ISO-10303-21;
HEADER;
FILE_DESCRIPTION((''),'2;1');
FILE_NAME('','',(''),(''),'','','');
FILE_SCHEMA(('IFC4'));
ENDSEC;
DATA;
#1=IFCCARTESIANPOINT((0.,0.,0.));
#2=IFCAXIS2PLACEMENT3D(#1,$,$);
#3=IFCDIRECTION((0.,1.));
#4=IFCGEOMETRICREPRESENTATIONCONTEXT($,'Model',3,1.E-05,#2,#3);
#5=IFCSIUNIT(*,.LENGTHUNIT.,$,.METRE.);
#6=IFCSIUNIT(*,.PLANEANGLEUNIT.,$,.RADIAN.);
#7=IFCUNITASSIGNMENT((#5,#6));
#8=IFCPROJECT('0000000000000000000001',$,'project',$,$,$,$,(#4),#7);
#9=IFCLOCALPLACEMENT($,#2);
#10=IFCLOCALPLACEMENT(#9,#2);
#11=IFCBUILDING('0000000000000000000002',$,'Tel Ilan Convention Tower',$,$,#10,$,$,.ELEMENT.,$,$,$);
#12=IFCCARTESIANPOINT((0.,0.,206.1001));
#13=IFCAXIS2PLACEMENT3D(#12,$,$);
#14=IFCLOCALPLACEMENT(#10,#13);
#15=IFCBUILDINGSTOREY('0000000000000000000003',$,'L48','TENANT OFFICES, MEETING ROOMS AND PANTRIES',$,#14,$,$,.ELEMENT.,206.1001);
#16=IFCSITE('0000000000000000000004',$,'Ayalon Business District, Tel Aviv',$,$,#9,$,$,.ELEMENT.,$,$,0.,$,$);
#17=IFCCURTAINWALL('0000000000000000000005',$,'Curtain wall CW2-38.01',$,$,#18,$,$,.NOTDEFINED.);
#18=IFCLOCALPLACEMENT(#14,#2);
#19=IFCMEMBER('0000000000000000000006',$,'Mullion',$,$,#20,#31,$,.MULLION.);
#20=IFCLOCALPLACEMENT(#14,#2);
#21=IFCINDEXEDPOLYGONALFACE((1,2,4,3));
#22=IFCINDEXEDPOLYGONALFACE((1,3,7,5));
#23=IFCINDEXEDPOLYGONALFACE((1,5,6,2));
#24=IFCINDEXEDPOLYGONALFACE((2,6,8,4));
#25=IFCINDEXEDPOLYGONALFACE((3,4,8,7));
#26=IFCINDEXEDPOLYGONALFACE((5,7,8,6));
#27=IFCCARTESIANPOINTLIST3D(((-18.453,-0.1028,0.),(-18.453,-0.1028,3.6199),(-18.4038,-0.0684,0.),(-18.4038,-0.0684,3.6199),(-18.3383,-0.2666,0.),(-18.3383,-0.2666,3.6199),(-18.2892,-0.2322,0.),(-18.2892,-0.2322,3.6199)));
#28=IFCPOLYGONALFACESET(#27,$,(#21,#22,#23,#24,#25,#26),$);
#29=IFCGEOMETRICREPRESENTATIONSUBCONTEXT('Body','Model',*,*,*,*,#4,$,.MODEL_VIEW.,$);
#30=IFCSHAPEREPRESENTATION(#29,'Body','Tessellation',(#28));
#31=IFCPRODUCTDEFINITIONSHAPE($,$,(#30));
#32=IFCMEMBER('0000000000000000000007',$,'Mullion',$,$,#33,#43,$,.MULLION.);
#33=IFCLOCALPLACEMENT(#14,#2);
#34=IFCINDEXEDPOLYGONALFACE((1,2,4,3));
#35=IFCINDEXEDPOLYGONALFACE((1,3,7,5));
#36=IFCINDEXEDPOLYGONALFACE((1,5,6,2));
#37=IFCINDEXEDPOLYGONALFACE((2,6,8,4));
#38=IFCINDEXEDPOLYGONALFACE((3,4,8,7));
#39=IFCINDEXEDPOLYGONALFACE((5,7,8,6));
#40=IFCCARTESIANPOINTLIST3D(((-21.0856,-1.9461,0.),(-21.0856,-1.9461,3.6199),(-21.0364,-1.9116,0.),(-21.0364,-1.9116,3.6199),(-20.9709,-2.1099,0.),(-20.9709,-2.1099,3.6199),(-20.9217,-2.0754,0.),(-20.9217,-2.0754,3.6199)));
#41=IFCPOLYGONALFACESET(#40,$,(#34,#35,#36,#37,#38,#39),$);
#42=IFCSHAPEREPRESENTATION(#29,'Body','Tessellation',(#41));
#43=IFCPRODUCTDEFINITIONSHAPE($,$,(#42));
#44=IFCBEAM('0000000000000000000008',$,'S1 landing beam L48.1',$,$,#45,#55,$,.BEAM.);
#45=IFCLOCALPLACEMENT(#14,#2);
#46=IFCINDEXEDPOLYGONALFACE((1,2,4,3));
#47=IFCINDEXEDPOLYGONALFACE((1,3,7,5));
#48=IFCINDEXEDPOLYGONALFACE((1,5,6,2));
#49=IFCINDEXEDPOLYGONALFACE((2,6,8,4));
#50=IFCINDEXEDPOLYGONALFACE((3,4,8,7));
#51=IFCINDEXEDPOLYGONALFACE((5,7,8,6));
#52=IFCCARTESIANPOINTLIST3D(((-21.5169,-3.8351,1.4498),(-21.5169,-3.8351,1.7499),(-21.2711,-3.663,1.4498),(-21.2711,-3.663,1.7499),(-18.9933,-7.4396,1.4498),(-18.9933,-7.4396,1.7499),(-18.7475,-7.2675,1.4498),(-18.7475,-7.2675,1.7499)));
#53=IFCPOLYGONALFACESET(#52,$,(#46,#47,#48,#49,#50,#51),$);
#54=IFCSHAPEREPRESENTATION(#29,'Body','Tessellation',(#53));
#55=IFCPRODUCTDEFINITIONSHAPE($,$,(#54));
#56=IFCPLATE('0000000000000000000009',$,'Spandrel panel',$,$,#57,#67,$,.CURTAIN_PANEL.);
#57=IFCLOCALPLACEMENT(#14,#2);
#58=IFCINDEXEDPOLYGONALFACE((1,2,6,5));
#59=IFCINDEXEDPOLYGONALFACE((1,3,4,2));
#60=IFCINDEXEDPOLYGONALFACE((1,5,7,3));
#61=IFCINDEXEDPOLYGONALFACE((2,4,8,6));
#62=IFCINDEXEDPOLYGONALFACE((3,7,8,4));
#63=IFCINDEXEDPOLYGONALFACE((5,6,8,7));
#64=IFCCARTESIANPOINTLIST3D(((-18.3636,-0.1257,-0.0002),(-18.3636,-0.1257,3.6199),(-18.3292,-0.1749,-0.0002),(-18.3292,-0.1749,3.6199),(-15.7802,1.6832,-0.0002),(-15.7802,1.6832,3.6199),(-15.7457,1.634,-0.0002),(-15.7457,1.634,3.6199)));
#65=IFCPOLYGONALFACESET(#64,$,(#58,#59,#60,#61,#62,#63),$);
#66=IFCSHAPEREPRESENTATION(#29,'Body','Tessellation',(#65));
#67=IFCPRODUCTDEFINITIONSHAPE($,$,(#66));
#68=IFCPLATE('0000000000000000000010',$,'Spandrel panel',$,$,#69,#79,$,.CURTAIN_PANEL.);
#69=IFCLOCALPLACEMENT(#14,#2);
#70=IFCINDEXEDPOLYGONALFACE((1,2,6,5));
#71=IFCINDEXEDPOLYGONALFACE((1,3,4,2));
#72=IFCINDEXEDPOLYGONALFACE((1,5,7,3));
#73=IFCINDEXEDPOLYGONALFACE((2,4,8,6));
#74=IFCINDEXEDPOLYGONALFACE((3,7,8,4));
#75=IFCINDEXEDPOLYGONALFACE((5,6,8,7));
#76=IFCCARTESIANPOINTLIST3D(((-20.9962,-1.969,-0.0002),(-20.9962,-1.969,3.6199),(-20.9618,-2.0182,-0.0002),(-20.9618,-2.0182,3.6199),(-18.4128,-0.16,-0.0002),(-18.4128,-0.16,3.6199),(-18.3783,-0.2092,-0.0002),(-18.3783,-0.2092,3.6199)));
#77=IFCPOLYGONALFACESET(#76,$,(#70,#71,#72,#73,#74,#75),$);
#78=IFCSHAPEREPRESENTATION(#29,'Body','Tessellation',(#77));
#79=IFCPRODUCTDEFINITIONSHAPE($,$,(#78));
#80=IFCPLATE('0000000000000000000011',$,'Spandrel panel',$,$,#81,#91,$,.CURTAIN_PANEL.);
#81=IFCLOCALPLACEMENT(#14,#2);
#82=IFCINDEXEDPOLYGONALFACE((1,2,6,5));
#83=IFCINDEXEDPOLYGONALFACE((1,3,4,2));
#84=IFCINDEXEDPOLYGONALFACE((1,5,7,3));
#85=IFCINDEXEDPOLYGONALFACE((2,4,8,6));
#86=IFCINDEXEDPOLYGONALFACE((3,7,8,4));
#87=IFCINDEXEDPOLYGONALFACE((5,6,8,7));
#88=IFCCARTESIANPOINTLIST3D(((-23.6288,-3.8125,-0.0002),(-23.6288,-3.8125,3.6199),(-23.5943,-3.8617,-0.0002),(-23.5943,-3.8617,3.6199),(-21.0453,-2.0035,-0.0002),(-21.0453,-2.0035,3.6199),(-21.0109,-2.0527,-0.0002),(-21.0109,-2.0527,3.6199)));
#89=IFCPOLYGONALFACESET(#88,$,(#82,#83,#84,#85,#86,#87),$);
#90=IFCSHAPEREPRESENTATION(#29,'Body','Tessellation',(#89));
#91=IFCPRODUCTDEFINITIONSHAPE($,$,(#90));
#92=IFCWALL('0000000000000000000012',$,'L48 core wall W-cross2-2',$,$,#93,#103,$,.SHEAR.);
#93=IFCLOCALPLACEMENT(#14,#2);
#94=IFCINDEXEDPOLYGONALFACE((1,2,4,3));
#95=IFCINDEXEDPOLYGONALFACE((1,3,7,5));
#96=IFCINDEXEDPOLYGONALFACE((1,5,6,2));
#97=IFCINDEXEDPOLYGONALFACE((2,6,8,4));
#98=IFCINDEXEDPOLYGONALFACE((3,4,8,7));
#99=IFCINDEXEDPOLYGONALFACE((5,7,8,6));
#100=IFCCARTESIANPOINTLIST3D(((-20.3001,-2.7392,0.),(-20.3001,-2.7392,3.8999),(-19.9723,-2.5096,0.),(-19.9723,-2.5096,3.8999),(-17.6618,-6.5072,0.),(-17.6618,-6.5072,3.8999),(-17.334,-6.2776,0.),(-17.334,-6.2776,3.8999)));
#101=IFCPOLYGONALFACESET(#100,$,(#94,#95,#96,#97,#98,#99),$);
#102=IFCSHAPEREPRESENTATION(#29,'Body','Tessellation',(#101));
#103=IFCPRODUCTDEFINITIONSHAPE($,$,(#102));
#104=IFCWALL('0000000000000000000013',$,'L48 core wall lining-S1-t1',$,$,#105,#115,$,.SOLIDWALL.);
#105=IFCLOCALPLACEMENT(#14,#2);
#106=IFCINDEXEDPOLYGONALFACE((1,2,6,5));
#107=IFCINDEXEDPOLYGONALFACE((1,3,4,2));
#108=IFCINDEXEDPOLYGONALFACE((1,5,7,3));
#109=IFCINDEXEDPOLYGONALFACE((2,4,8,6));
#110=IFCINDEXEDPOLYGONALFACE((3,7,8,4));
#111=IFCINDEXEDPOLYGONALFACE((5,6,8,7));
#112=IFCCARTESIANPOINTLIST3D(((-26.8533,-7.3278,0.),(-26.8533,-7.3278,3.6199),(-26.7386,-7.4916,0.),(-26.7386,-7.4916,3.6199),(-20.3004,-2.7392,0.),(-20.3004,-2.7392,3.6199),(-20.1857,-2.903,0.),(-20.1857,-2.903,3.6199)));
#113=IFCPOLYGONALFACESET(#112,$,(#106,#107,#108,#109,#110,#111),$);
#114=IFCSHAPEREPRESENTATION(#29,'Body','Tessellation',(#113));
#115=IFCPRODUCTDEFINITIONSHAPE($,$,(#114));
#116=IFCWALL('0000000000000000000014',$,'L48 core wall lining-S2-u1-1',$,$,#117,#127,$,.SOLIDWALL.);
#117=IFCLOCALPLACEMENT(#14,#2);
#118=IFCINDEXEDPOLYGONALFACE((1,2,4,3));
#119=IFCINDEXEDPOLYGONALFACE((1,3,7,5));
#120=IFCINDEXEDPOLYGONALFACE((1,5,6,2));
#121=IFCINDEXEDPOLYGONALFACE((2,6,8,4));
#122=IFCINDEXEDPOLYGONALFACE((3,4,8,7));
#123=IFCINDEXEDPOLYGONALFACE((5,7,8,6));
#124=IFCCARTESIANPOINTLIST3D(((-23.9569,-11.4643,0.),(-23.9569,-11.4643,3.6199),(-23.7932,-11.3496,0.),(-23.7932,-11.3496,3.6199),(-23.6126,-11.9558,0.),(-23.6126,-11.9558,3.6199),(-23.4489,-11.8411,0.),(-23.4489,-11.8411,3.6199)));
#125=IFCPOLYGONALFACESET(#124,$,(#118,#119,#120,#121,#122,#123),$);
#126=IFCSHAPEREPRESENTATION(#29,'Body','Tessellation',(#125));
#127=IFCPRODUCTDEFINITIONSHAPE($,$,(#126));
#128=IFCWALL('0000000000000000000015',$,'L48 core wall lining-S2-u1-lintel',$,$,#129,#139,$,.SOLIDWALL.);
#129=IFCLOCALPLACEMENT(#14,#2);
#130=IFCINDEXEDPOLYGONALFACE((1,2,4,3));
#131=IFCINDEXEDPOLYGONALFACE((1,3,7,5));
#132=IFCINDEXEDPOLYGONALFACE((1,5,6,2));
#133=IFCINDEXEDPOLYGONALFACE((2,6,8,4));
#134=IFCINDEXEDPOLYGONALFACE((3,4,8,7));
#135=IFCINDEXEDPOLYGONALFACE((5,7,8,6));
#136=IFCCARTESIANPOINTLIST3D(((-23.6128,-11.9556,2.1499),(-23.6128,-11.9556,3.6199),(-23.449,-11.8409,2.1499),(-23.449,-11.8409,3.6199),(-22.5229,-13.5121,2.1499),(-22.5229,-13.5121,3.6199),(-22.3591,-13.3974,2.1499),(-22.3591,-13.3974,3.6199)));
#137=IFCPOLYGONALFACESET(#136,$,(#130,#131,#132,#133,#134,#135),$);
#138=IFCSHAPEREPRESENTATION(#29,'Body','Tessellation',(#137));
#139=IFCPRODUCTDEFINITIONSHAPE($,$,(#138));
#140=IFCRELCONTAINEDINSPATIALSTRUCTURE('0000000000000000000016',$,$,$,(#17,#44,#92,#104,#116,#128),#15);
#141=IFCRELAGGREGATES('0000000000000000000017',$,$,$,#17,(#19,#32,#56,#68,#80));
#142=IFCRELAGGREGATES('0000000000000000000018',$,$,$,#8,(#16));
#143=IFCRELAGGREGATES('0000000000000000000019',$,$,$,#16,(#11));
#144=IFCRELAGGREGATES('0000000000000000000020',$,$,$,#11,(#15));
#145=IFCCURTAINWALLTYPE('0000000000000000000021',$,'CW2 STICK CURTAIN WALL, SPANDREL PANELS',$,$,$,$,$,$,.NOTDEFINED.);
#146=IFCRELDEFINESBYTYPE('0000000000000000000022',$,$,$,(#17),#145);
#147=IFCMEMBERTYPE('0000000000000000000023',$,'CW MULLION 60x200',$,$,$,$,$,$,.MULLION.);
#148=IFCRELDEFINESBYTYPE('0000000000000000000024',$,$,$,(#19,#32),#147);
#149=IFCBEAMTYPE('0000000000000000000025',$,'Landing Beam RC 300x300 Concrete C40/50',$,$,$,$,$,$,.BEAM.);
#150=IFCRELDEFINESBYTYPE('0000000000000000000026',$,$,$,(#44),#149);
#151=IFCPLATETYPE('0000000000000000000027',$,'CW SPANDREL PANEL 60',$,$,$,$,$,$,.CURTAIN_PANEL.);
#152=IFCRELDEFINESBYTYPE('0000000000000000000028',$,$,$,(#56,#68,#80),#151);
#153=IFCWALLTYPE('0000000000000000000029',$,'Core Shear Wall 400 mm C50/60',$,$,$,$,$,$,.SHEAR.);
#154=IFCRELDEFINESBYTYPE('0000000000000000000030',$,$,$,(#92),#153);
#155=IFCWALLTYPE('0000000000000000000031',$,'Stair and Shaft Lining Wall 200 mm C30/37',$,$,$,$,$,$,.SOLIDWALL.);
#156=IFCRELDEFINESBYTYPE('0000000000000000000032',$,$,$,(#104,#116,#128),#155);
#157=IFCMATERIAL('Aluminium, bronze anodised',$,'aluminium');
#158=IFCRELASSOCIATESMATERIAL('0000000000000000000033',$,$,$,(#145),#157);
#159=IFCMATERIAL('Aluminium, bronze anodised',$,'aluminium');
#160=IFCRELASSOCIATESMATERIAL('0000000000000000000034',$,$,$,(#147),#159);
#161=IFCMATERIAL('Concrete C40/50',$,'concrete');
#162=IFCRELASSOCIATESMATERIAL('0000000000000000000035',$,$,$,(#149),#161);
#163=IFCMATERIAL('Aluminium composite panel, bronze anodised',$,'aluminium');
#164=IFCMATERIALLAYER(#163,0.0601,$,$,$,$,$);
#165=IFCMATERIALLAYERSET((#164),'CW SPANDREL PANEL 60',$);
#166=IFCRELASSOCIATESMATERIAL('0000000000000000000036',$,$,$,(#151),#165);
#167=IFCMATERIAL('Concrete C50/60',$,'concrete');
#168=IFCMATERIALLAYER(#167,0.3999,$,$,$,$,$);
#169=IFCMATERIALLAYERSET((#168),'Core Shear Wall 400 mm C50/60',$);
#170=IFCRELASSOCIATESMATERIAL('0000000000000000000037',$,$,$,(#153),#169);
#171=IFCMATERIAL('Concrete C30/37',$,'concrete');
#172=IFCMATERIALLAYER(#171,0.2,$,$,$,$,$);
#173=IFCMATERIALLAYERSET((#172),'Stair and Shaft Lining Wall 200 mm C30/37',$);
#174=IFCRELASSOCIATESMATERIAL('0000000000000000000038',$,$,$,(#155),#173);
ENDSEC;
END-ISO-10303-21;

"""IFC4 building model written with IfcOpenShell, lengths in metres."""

from ifc_helpers import new_model, si_unit, direction, frame, frame_2d, origin, origin_2d, place, context, subcontext, project, spatial, polyline, rectangle, outline, extrude, material, layer, layer_set, material_profile, profile_set, type_object, element, aggregate, save


model = new_model("IFC4")

# Units and contexts
model_context = context("Model", 3, precision=1e-05, world=origin(), true_north=direction((0.0, 1.0)))
body_context = subcontext(model_context, "Body", "Model", "MODEL_VIEW")
ifc_project = project(units=[si_unit("LENGTHUNIT", "METRE"), si_unit("PLANEANGLEUNIT", "RADIAN")], contexts=[model_context])

# Site, building, storey
site_placement = place(None, origin())
site = spatial("IfcSite", under=ifc_project, at=site_placement, Name="Ayalon Business District, Tel Aviv", CompositionType="ELEMENT", RefElevation=0.0)
building_placement = place(site_placement, origin())
building = spatial("IfcBuilding", under=site, at=building_placement, Name="Tel Ilan Convention Tower", CompositionType="ELEMENT")
storey_placement = place(building_placement, frame((0.0, 0.0, 206.1001)))
storey = spatial("IfcBuildingStorey", under=building, at=storey_placement, Name="L48", Description="TENANT OFFICES, MEETING ROOMS AND PANTRIES", CompositionType="ELEMENT", Elevation=206.1001)

# Curtain wall, members
ifc_material_1 = material(Name="Aluminium, bronze anodised", Category="aluminium")
curtain_wall_type = type_object("IfcCurtainWallType", Name="CW2 STICK CURTAIN WALL, SPANDREL PANELS", PredefinedType="NOTDEFINED", material=ifc_material_1)
curtain_wall_placement = place(storey_placement, origin())
curtain_wall = element("IfcCurtainWall", 1, at=curtain_wall_placement, inside=storey, type_object=curtain_wall_type, Name="Curtain wall CW2-38.01", PredefinedType="NOTDEFINED")
ifc_material_2 = material(Name="Aluminium, bronze anodised", Category="aluminium")
ifc_material_profile_1 = material_profile(ifc_material_2, rectangle(XDim=0.0601, YDim=0.2, at=origin_2d()), Name="CW MULLION 60x200")
ifc_profile_set_1 = profile_set([ifc_material_profile_1], Name="Aluminium, bronze anodised")
member_type = type_object("IfcMemberType", Name="CW MULLION 60x200", PredefinedType="MULLION", material=ifc_profile_set_1)
member_1_placement = place(storey_placement, frame((-18.3711, -0.1675, 0.0), z_axis=(0.0, 0.0, 1.0), x_axis=(-0.819152, -0.573576, 0.0)))
member_1 = element("IfcMember", 2, at=member_1_placement, type_object=member_type, Name="Mullion", PredefinedType="MULLION", context=body_context, shape_type="SweptSolid", body=[
    extrude(rectangle(XDim=0.0601, YDim=0.2, at=origin_2d()), origin(), (0.0, 0.0, 1.0), 3.6199),
])
member_2_placement = place(storey_placement, frame((-21.0037, -2.0107, 0.0), z_axis=(0.0, 0.0, 1.0), x_axis=(-0.819152, -0.573576, 0.0)))
member_2 = element("IfcMember", 3, at=member_2_placement, type_object=member_type, Name="Mullion", PredefinedType="MULLION", context=body_context, shape_type="SweptSolid", body=[
    extrude(rectangle(XDim=0.0601, YDim=0.2, at=origin_2d()), origin(), (0.0, 0.0, 1.0), 3.6199),
])

# Beam
ifc_material_3 = material(Name="Concrete C40/50", Category="concrete")
ifc_material_profile_2 = material_profile(ifc_material_3, rectangle(XDim=0.3, YDim=0.3, at=origin_2d()), Name="RC 300x300")
ifc_profile_set_2 = profile_set([ifc_material_profile_2], Name="Concrete C40/50")
beam_type = type_object("IfcBeamType", Name="Landing Beam RC 300x300 Concrete C40/50", PredefinedType="BEAM", material=ifc_profile_set_2)
beam_placement = place(storey_placement, frame((-18.8704, -7.3535, 1.5999), z_axis=(-0.573544, 0.819175, 0.0), x_axis=(-0.819175, -0.573544, 0.0)))
element("IfcBeam", 4, at=beam_placement, inside=storey, type_object=beam_type, Name="S1 landing beam L48.1", PredefinedType="BEAM", context=body_context, shape_type="SweptSolid", body=[
    extrude(rectangle(XDim=0.3, YDim=0.3, at=origin_2d()), origin(), (0.0, 0.0, 1.0), 4.4001),
])

# Plates
ifc_material_4 = material(Name="Aluminium composite panel, bronze anodised", Category="aluminium")
ifc_layer_1 = layer(ifc_material_4, 0.0601)
ifc_layer_set_1 = layer_set([ifc_layer_1], Name="CW SPANDREL PANEL 60")
plate_type = type_object("IfcPlateType", Name="CW SPANDREL PANEL 60", PredefinedType="CURTAIN_PANEL", material=ifc_layer_set_1)
plate_1_placement = place(storey_placement, frame((-17.0547, 0.7542, -0.0002), z_axis=(0.0, 0.0, 1.0), x_axis=(-0.819152, -0.573576, 0.0)))
plate_1 = element("IfcPlate", 5, at=plate_1_placement, type_object=plate_type, Name="Spandrel panel", PredefinedType="CURTAIN_PANEL", context=body_context, shape_type="SweptSolid", body=[
    extrude(rectangle(XDim=3.1538, YDim=0.0601, at=origin_2d()), origin(), (0.0, 0.0, 1.0), 3.6201),
])
plate_2_placement = place(storey_placement, frame((-19.6873, -1.0891, -0.0002), z_axis=(0.0, 0.0, 1.0), x_axis=(-0.819152, -0.573576, 0.0)))
plate_2 = element("IfcPlate", 6, at=plate_2_placement, type_object=plate_type, Name="Spandrel panel", PredefinedType="CURTAIN_PANEL", context=body_context, shape_type="SweptSolid", body=[
    extrude(rectangle(XDim=3.1538, YDim=0.0601, at=origin_2d()), origin(), (0.0, 0.0, 1.0), 3.6201),
])
plate_3_placement = place(storey_placement, frame((-22.3198, -2.9326, -0.0002), z_axis=(0.0, 0.0, 1.0), x_axis=(-0.819152, -0.573576, 0.0)))
plate_3 = element("IfcPlate", 7, at=plate_3_placement, type_object=plate_type, Name="Spandrel panel", PredefinedType="CURTAIN_PANEL", context=body_context, shape_type="SweptSolid", body=[
    extrude(rectangle(XDim=3.1538, YDim=0.0601, at=origin_2d()), origin(), (0.0, 0.0, 1.0), 3.6201),
])
aggregate(curtain_wall, [member_1, member_2, plate_1, plate_2, plate_3])

# Walls
ifc_material_5 = material(Name="Concrete C50/60", Category="concrete")
ifc_layer_2 = layer(ifc_material_5, 0.3999)
ifc_layer_set_2 = layer_set([ifc_layer_2], Name="Core Shear Wall 400 mm C50/60")
wall_type_1 = type_object("IfcWallType", Name="Core Shear Wall 400 mm C50/60", PredefinedType="SHEAR", material=ifc_layer_set_2)
wall_1_placement = place(storey_placement, frame((-17.4978, -6.3923, 0.0), z_axis=(0.0, 0.0, 1.0), x_axis=(-0.573612, 0.819127, 0.0)))
element("IfcWall", 8, at=wall_1_placement, inside=storey, type_object=wall_type_1, Name="L48 core wall W-cross2-2", PredefinedType="SHEAR", context=body_context, shape_type="SweptSolid", body=[
    extrude(outline(polyline([(4.5999, -0.2002), (4.5999, 0.2), (0.0, 0.2002), (0.0, -0.2), (4.5999, -0.2002)])), origin(), (0.0, 0.0, 1.0), 3.8999),
])
ifc_material_6 = material(Name="Concrete C30/37", Category="concrete")
ifc_layer_3 = layer(ifc_material_6, 0.2)
ifc_layer_set_3 = layer_set([ifc_layer_3], Name="Stair and Shaft Lining Wall 200 mm C30/37")
wall_type_2 = type_object("IfcWallType", Name="Stair and Shaft Lining Wall 200 mm C30/37", PredefinedType="SOLIDWALL", material=ifc_layer_set_3)
wall_2_placement = place(storey_placement, frame((-20.2429, -2.821, 0.0), z_axis=(0.0, 0.0, 1.0), x_axis=(-0.819142, -0.573591, 0.0)))
element("IfcWall", 9, at=wall_2_placement, inside=storey, type_object=wall_type_2, Name="L48 core wall lining-S1-t1", PredefinedType="SOLIDWALL", context=body_context, shape_type="SweptSolid", body=[
    extrude(rectangle(XDim=7.9998, YDim=0.2, at=frame_2d((4.0, 0.0))), origin(), (0.0, 0.0, 1.0), 3.6199),
])
wall_3_placement = place(storey_placement, frame((-23.5308, -11.8984, 0.0), z_axis=(0.0, 0.0, 1.0), x_axis=(-0.573708, 0.81906, 0.0)))
element("IfcWall", 10, at=wall_3_placement, inside=storey, type_object=wall_type_2, Name="L48 core wall lining-S2-u1-1", PredefinedType="SOLIDWALL", context=body_context, shape_type="SweptSolid", body=[
    extrude(rectangle(XDim=0.6001, YDim=0.2, at=frame_2d((0.3, 0.0))), origin(), (0.0, 0.0, 1.0), 3.6199),
])
wall_4_placement = place(storey_placement, frame((-22.4409, -13.4548, 2.1499), z_axis=(0.0, 0.0, 1.0), x_axis=(-0.573592, 0.819141, 0.0)))
element("IfcWall", 11, at=wall_4_placement, inside=storey, type_object=wall_type_2, Name="L48 core wall lining-S2-u1-lintel", PredefinedType="SOLIDWALL", context=body_context, shape_type="SweptSolid", body=[
    extrude(rectangle(XDim=1.9001, YDim=0.2, at=frame_2d((0.9502, 0.0))), origin(), (0.0, 0.0, 1.0), 1.47),
])

save(model, "model.ifc")
